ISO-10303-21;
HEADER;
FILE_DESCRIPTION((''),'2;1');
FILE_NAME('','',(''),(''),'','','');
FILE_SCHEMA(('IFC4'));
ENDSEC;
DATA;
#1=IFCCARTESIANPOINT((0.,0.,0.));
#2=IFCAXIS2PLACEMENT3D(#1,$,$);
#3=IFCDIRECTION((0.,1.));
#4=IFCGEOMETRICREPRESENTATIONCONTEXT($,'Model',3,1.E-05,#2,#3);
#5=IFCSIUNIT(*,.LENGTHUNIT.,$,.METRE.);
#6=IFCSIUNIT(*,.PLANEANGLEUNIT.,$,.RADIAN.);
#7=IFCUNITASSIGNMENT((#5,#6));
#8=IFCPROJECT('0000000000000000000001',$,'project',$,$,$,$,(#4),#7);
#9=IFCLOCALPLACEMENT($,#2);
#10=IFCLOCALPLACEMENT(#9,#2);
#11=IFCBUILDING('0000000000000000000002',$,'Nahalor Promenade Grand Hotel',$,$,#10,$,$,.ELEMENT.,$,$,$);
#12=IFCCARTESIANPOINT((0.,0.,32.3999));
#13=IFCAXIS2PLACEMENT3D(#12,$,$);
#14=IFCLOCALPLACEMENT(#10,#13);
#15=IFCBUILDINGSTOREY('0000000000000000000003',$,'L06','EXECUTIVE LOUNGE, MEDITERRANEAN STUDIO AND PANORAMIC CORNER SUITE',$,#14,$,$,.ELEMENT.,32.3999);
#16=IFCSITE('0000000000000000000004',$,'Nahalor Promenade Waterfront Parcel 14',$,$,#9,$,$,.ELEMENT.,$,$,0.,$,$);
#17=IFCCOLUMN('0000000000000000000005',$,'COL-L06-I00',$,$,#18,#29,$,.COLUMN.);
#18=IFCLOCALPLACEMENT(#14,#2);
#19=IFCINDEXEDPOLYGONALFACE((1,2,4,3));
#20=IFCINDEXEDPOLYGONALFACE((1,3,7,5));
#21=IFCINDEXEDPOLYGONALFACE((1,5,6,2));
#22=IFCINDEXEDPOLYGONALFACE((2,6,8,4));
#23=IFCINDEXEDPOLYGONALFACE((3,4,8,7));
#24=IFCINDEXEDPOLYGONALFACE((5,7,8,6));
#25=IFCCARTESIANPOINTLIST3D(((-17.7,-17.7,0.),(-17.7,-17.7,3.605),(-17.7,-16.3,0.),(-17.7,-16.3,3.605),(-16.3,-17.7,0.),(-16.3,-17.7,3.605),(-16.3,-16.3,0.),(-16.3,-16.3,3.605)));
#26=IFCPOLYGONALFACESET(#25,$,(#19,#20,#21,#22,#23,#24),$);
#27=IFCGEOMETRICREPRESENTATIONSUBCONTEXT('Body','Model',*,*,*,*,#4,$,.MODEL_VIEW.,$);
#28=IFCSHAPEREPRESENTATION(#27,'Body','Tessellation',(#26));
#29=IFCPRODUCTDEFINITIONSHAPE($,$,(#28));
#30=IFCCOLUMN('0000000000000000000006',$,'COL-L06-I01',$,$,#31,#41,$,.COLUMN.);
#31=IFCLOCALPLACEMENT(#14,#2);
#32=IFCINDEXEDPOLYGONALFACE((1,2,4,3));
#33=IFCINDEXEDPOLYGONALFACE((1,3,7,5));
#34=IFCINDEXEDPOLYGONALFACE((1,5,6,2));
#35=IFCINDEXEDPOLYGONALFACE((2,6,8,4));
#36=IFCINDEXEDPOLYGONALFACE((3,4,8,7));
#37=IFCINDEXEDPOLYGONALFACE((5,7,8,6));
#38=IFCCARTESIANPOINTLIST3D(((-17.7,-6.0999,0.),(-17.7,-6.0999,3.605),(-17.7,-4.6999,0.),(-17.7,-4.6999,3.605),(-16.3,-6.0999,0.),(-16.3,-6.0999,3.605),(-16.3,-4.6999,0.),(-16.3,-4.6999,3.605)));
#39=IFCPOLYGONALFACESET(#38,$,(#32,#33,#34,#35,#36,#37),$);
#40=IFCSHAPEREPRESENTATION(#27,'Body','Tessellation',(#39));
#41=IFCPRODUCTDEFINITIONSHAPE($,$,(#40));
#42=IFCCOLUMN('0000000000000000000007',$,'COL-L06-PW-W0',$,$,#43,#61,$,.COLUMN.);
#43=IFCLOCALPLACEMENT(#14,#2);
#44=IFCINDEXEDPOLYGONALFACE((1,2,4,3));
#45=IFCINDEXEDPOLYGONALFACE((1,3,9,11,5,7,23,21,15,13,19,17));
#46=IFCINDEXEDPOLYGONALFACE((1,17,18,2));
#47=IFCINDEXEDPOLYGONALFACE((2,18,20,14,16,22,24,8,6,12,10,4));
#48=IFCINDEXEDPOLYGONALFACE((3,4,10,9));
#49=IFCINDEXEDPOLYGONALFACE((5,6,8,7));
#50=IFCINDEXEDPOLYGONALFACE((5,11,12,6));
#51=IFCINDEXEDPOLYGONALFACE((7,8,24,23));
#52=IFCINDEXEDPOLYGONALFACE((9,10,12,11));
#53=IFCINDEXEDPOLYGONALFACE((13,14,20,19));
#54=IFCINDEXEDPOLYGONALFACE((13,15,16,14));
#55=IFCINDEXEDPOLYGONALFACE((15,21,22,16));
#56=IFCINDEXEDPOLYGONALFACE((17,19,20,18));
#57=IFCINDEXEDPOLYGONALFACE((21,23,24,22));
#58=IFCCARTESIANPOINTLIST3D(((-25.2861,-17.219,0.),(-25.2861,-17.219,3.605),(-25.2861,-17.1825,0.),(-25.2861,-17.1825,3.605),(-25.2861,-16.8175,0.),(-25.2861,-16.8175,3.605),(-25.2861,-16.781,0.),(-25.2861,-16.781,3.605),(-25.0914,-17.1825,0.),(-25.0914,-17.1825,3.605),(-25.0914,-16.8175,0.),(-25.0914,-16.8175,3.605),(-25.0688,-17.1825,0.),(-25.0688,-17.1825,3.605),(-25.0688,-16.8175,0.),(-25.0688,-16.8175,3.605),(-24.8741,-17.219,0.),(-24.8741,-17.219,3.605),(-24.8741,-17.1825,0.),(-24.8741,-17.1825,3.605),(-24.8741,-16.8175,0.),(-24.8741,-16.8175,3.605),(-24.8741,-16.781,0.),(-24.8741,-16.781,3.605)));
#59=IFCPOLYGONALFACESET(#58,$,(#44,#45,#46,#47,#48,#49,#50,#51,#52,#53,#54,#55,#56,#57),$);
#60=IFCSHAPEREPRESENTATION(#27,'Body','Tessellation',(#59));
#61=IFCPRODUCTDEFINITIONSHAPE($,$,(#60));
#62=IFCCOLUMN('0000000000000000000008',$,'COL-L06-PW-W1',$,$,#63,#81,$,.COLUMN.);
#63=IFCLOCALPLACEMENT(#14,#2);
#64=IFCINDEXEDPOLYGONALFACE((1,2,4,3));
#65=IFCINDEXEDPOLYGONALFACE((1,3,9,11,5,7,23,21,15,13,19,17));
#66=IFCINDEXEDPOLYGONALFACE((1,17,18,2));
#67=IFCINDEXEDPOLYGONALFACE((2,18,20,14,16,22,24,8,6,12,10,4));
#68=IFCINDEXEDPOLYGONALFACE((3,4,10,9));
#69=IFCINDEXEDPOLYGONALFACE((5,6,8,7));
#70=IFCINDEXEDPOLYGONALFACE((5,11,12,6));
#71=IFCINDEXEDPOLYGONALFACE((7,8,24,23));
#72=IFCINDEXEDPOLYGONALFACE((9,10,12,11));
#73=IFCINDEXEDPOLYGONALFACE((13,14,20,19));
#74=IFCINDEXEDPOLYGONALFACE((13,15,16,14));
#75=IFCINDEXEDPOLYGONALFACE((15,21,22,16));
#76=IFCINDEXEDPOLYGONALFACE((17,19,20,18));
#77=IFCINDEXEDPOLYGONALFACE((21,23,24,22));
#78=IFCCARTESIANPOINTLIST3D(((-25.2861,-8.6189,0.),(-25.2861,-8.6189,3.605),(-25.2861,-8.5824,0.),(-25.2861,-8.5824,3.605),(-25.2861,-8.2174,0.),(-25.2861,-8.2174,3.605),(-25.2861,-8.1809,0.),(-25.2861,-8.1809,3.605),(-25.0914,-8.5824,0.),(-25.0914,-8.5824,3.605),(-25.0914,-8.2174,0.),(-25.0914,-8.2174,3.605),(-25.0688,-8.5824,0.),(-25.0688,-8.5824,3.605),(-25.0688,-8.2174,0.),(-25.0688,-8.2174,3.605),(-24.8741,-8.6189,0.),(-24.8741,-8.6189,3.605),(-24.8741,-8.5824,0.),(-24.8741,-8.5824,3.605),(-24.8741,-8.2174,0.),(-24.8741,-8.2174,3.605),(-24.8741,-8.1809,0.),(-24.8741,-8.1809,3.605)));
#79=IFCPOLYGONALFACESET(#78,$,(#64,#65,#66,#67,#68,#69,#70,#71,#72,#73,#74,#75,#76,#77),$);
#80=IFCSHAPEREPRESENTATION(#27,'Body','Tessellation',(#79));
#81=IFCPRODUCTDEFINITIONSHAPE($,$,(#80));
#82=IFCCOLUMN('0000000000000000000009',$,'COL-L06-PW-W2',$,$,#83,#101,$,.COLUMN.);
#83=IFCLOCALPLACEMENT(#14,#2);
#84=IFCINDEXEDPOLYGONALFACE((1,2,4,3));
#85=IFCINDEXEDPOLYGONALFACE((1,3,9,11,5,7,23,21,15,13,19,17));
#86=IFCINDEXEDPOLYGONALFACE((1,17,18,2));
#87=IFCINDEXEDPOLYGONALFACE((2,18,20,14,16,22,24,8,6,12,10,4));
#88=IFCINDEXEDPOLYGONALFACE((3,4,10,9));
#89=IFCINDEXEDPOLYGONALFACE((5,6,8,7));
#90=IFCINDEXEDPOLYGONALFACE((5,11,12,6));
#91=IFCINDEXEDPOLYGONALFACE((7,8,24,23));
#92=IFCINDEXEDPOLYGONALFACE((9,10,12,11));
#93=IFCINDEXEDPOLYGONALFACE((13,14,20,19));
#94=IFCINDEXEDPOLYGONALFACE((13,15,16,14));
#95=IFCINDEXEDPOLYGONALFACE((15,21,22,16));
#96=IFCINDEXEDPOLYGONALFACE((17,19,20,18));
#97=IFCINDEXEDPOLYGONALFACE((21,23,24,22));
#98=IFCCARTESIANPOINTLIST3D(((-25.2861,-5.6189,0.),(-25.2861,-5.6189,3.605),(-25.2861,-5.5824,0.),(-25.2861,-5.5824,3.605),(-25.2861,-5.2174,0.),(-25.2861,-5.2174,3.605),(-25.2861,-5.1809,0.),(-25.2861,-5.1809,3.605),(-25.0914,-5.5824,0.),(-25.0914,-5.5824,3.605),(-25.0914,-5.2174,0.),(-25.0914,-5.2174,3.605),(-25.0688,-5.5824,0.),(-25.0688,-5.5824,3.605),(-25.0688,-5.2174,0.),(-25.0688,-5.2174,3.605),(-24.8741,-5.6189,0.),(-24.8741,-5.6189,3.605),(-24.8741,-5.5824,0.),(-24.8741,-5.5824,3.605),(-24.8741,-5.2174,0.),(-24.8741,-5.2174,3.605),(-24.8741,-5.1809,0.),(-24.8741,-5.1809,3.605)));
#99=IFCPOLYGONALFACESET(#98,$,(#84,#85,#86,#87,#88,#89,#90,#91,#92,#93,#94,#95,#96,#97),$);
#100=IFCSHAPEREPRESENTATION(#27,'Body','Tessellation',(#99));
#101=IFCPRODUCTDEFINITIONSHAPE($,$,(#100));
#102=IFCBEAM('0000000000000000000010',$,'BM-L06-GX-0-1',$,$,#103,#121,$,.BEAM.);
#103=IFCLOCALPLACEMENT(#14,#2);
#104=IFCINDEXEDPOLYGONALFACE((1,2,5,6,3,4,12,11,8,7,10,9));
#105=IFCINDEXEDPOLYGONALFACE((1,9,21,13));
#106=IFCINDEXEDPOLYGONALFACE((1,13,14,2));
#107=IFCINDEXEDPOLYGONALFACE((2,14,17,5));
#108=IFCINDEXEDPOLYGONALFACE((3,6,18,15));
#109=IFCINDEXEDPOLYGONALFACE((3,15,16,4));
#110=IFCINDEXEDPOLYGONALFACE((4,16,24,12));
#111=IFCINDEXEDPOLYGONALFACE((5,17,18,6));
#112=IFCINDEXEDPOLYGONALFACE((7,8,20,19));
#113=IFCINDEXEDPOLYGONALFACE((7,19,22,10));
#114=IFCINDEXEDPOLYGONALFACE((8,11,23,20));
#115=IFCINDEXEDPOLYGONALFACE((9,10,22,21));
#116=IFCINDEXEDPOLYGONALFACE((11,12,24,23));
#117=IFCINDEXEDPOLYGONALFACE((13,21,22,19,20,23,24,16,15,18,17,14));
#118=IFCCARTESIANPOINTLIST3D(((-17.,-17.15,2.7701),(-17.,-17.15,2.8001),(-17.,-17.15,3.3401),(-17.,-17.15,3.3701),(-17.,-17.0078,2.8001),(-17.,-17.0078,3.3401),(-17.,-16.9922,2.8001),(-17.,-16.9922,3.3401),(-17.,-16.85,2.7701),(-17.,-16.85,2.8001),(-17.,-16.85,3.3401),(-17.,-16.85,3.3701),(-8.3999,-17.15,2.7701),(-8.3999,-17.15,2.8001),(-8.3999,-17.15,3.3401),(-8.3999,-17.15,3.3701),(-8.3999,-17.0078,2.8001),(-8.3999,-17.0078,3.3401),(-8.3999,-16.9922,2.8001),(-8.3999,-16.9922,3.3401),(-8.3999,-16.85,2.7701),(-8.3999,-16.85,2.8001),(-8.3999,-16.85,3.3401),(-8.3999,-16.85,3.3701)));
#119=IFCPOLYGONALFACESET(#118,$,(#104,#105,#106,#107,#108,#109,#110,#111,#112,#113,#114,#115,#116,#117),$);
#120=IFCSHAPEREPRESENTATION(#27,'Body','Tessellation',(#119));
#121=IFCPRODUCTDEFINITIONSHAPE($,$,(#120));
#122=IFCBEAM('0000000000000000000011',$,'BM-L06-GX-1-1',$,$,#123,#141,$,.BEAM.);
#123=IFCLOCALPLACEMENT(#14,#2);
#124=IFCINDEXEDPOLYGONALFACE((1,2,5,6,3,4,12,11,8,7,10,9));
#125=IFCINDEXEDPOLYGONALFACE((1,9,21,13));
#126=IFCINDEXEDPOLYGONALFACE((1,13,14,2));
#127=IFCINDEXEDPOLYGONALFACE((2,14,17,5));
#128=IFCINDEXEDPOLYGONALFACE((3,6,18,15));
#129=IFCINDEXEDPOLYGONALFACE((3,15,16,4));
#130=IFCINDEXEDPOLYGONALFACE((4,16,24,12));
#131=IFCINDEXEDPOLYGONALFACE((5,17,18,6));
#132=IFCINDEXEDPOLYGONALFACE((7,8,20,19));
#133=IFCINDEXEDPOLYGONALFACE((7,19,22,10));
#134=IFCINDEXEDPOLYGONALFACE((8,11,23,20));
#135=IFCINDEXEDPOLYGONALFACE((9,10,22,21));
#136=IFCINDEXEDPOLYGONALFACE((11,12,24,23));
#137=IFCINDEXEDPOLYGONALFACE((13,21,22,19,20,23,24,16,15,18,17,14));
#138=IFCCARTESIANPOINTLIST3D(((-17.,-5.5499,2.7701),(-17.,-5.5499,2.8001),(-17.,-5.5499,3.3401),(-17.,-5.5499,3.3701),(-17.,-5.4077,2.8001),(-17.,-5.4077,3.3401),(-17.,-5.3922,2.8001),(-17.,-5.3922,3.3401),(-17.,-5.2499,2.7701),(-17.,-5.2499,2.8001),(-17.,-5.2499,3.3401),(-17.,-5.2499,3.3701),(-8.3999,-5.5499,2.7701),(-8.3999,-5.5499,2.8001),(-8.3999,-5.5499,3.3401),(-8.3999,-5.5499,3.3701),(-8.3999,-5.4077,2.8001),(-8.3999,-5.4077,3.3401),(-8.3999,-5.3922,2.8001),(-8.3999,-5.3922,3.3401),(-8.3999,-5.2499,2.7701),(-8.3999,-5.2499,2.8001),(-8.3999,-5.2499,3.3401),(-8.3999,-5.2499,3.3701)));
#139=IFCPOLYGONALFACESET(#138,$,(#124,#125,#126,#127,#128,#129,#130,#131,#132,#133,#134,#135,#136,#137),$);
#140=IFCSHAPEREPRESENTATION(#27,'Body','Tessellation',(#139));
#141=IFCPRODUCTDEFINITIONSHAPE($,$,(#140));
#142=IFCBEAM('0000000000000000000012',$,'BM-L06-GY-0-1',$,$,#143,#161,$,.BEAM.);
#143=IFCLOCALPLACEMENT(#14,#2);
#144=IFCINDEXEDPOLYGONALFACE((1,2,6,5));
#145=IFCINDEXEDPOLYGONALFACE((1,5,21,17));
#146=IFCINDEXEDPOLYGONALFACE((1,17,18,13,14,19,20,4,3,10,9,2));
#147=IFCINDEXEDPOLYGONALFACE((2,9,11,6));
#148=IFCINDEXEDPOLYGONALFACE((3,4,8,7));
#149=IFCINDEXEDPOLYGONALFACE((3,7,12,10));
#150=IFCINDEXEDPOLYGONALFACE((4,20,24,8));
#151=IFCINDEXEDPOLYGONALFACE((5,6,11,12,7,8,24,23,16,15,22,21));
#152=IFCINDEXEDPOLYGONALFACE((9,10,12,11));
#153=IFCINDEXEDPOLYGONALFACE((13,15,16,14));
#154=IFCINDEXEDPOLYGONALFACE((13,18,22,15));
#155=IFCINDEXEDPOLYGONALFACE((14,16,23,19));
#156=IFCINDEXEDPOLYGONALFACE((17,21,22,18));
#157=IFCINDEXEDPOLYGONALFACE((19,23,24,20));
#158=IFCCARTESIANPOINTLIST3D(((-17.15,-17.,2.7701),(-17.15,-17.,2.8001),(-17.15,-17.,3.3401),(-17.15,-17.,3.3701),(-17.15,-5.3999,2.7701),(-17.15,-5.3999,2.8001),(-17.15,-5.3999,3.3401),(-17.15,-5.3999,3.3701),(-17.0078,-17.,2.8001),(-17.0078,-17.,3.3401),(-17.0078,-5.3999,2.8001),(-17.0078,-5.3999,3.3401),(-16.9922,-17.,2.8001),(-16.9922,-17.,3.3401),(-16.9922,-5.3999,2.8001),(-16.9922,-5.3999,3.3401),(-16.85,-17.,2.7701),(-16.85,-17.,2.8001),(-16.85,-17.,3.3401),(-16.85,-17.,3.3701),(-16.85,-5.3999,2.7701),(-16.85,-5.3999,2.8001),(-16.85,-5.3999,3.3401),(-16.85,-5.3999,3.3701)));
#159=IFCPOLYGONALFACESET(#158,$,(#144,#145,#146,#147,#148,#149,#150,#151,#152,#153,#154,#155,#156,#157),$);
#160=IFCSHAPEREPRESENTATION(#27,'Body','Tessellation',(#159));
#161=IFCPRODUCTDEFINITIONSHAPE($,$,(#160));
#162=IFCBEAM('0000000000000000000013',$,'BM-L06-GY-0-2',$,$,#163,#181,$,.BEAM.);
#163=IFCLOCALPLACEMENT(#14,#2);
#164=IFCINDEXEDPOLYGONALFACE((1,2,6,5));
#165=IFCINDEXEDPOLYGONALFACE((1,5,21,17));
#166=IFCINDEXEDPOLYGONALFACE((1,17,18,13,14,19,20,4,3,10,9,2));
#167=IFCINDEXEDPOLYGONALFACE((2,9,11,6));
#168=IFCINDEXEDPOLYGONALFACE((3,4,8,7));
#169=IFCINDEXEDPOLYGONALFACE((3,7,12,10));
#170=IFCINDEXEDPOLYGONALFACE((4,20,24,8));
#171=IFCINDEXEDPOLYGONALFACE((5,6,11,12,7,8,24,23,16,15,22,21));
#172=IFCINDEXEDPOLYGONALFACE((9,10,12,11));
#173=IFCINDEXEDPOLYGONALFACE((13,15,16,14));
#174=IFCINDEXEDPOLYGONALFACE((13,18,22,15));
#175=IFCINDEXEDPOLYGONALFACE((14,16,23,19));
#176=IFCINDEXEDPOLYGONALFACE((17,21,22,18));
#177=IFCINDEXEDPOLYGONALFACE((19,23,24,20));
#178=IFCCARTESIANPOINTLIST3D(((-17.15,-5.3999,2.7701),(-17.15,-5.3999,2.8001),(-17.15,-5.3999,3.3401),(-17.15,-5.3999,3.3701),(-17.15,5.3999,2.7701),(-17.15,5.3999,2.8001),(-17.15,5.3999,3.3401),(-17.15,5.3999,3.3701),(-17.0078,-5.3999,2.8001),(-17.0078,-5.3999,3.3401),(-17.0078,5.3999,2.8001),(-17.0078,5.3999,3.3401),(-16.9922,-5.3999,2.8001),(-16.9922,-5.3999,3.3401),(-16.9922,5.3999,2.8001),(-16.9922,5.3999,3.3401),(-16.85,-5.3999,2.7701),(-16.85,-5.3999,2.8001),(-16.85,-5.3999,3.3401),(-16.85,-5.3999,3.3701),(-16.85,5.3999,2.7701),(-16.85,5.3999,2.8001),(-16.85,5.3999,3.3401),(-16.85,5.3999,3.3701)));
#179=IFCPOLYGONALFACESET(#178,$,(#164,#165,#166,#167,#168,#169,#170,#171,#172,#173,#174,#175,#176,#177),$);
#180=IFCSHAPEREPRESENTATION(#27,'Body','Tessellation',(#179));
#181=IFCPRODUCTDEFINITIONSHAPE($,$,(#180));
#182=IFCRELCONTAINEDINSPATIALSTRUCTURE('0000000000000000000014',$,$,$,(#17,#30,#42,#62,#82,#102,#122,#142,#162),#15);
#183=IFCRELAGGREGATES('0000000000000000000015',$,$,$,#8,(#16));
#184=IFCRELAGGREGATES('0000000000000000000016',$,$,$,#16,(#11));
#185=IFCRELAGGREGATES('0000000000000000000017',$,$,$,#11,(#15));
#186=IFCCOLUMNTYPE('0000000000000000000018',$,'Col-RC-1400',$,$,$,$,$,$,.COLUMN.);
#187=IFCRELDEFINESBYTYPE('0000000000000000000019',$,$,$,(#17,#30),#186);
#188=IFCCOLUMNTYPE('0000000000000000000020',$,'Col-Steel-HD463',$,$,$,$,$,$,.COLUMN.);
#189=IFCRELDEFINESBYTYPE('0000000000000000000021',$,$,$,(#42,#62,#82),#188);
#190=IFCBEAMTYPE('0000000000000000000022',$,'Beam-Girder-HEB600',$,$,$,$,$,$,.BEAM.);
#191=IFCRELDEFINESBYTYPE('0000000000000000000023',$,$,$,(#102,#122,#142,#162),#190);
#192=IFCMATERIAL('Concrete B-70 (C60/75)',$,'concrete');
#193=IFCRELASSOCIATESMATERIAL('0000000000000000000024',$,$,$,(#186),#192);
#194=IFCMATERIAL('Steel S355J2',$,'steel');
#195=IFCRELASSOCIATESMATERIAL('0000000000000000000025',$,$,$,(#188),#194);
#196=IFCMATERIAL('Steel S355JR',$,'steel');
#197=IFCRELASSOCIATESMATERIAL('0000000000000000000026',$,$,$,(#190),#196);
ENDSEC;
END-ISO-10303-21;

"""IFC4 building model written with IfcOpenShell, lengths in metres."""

from ifc_helpers import new_model, si_unit, direction, frame, origin, origin_2d, place, context, subcontext, project, spatial, rectangle, i_section, extrude, source, transform, mapped, material, material_profile, profile_set, type_object, element, save


model = new_model("IFC4")

# Units and contexts
model_context = context("Model", 3, precision=1e-05, world=origin(), true_north=direction((0.0, 1.0)))
body_context = subcontext(model_context, "Body", "Model", "MODEL_VIEW")
ifc_project = project(units=[si_unit("LENGTHUNIT", "METRE"), si_unit("PLANEANGLEUNIT", "RADIAN")], contexts=[model_context])

# Site, building, storey
site_placement = place(None, origin())
site = spatial("IfcSite", under=ifc_project, at=site_placement, Name="Nahalor Promenade Waterfront Parcel 14", CompositionType="ELEMENT", RefElevation=0.0)
building_placement = place(site_placement, origin())
building = spatial("IfcBuilding", under=site, at=building_placement, Name="Nahalor Promenade Grand Hotel", CompositionType="ELEMENT")
storey_placement = place(building_placement, frame((0.0, 0.0, 32.3999)))
storey = spatial("IfcBuildingStorey", under=building, at=storey_placement, Name="L06", Description="EXECUTIVE LOUNGE, MEDITERRANEAN STUDIO AND PANORAMIC CORNER SUITE", CompositionType="ELEMENT", Elevation=32.3999)

# Columns
ifc_material_1 = material(Name="Concrete B-70 (C60/75)", Category="concrete")
ifc_material_profile_1 = material_profile(ifc_material_1, rectangle(XDim=1.4, YDim=1.4, at=origin_2d()), Name="RC 1400x1400")
ifc_profile_set_1 = profile_set([ifc_material_profile_1], Name="Concrete B-70 (C60/75)")
column_type_1 = type_object("IfcColumnType", Name="Col-RC-1400", PredefinedType="COLUMN", material=ifc_profile_set_1)
shared_shape_1 = source(origin(), body_context, "Body", "SweptSolid", [
    extrude(rectangle(XDim=1.4, YDim=1.4, at=origin_2d()), origin(), (0.0, 0.0, 1.0), 3.605),
])
for number, where, z_axis, x_axis, name in (
    (1, (-17.0, -17.0, 0.0), (0.0, 0.0, 1.0), (1.0, 0.0, 0.0), "COL-L06-I00"),
    (2, (-17.0, -5.3999, 0.0), (0.0, 0.0, 1.0), (1.0, 0.0, 0.0), "COL-L06-I01"),
):
    element("IfcColumn", number, at=place(storey_placement, frame(where, z_axis=z_axis, x_axis=x_axis)), inside=storey, type_object=column_type_1, Name=name, PredefinedType="COLUMN", context=body_context, shape_type="MappedRepresentation", body=[
        mapped(shared_shape_1, transform((0.0, 0.0, 0.0), scale=1.0)),
    ])
ifc_material_2 = material(Name="Steel S355J2", Category="steel")
ifc_material_profile_2 = material_profile(ifc_material_2, i_section(OverallWidth=0.412, OverallDepth=0.438, WebThickness=0.0226, FlangeThickness=0.0365, at=origin_2d()), Name="HD 400x463")
ifc_profile_set_2 = profile_set([ifc_material_profile_2], Name="Steel S355J2")
column_type_2 = type_object("IfcColumnType", Name="Col-Steel-HD463", PredefinedType="COLUMN", material=ifc_profile_set_2)
shared_shape_2 = source(origin(), body_context, "Body", "SweptSolid", [
    extrude(i_section(OverallWidth=0.412, OverallDepth=0.438, WebThickness=0.0226, FlangeThickness=0.0365, at=origin_2d()), origin(), (0.0, 0.0, 1.0), 3.605),
])
for number, where, z_axis, x_axis, name in (
    (3, (-25.0801, -17.0, 0.0), (0.0, 0.0, 1.0), (1.0, 0.0, 0.0), "COL-L06-PW-W0"),
    (4, (-25.0801, -8.3999, 0.0), (0.0, 0.0, 1.0), (1.0, 0.0, 0.0), "COL-L06-PW-W1"),
    (5, (-25.0801, -5.3999, 0.0), (0.0, 0.0, 1.0), (1.0, 0.0, 0.0), "COL-L06-PW-W2"),
):
    element("IfcColumn", number, at=place(storey_placement, frame(where, z_axis=z_axis, x_axis=x_axis)), inside=storey, type_object=column_type_2, Name=name, PredefinedType="COLUMN", context=body_context, shape_type="MappedRepresentation", body=[
        mapped(shared_shape_2, transform((0.0, 0.0, 0.0), scale=1.0)),
    ])

# Beams
ifc_material_3 = material(Name="Steel S355JR", Category="steel")
ifc_material_profile_3 = material_profile(ifc_material_3, i_section(OverallWidth=0.3, OverallDepth=0.6, WebThickness=0.0155, FlangeThickness=0.03, at=origin_2d()), Name="HEB 600")
ifc_profile_set_3 = profile_set([ifc_material_profile_3], Name="Steel S355JR")
beam_type_1 = type_object("IfcBeamType", Name="Beam-Girder-HEB600", PredefinedType="BEAM", material=ifc_profile_set_3)
shared_shape_3 = source(origin(), body_context, "Body", "SweptSolid", [
    extrude(i_section(OverallWidth=0.3, OverallDepth=0.6, WebThickness=0.0155, FlangeThickness=0.03, at=origin_2d()), origin(), (0.0, 0.0, 1.0), 8.6001),
])
for number, where, z_axis, x_axis, name in (
    (6, (-17.0, -17.0, 3.0701), (1.0, 0.0, 0.0), (0.0, 1.0, 0.0), "BM-L06-GX-0-1"),
    (7, (-17.0, -5.3999, 3.0701), (1.0, 0.0, 0.0), (0.0, 1.0, 0.0), "BM-L06-GX-1-1"),
):
    element("IfcBeam", number, at=place(storey_placement, frame(where, z_axis=z_axis, x_axis=x_axis)), inside=storey, type_object=beam_type_1, Name=name, PredefinedType="BEAM", context=body_context, shape_type="MappedRepresentation", body=[
        mapped(shared_shape_3, transform((0.0, 0.0, 0.0), scale=1.0)),
    ])
shared_shape_4 = source(origin(), body_context, "Body", "SweptSolid", [
    extrude(i_section(OverallWidth=0.3, OverallDepth=0.6, WebThickness=0.0155, FlangeThickness=0.03, at=origin_2d()), origin(), (0.0, 0.0, 1.0), 11.6001),
])
beam_1_placement = place(storey_placement, frame((-17.0, -17.0, 3.0701), z_axis=(0.0, 1.0, 0.0), x_axis=(-1.0, 0.0, 0.0)))
element("IfcBeam", 8, at=beam_1_placement, inside=storey, type_object=beam_type_1, Name="BM-L06-GY-0-1", PredefinedType="BEAM", context=body_context, shape_type="MappedRepresentation", body=[
    mapped(shared_shape_4, transform((0.0, 0.0, 0.0), scale=1.0)),
])
shared_shape_5 = source(origin(), body_context, "Body", "SweptSolid", [
    extrude(i_section(OverallWidth=0.3, OverallDepth=0.6, WebThickness=0.0155, FlangeThickness=0.03, at=origin_2d()), origin(), (0.0, 0.0, 1.0), 10.7998),
])
beam_2_placement = place(storey_placement, frame((-17.0, -5.3999, 3.0701), z_axis=(0.0, 1.0, 0.0), x_axis=(-1.0, 0.0, 0.0)))
element("IfcBeam", 9, at=beam_2_placement, inside=storey, type_object=beam_type_1, Name="BM-L06-GY-0-2", PredefinedType="BEAM", context=body_context, shape_type="MappedRepresentation", body=[
    mapped(shared_shape_5, transform((0.0, 0.0, 0.0), scale=1.0)),
])

save(model, "model.ifc")
